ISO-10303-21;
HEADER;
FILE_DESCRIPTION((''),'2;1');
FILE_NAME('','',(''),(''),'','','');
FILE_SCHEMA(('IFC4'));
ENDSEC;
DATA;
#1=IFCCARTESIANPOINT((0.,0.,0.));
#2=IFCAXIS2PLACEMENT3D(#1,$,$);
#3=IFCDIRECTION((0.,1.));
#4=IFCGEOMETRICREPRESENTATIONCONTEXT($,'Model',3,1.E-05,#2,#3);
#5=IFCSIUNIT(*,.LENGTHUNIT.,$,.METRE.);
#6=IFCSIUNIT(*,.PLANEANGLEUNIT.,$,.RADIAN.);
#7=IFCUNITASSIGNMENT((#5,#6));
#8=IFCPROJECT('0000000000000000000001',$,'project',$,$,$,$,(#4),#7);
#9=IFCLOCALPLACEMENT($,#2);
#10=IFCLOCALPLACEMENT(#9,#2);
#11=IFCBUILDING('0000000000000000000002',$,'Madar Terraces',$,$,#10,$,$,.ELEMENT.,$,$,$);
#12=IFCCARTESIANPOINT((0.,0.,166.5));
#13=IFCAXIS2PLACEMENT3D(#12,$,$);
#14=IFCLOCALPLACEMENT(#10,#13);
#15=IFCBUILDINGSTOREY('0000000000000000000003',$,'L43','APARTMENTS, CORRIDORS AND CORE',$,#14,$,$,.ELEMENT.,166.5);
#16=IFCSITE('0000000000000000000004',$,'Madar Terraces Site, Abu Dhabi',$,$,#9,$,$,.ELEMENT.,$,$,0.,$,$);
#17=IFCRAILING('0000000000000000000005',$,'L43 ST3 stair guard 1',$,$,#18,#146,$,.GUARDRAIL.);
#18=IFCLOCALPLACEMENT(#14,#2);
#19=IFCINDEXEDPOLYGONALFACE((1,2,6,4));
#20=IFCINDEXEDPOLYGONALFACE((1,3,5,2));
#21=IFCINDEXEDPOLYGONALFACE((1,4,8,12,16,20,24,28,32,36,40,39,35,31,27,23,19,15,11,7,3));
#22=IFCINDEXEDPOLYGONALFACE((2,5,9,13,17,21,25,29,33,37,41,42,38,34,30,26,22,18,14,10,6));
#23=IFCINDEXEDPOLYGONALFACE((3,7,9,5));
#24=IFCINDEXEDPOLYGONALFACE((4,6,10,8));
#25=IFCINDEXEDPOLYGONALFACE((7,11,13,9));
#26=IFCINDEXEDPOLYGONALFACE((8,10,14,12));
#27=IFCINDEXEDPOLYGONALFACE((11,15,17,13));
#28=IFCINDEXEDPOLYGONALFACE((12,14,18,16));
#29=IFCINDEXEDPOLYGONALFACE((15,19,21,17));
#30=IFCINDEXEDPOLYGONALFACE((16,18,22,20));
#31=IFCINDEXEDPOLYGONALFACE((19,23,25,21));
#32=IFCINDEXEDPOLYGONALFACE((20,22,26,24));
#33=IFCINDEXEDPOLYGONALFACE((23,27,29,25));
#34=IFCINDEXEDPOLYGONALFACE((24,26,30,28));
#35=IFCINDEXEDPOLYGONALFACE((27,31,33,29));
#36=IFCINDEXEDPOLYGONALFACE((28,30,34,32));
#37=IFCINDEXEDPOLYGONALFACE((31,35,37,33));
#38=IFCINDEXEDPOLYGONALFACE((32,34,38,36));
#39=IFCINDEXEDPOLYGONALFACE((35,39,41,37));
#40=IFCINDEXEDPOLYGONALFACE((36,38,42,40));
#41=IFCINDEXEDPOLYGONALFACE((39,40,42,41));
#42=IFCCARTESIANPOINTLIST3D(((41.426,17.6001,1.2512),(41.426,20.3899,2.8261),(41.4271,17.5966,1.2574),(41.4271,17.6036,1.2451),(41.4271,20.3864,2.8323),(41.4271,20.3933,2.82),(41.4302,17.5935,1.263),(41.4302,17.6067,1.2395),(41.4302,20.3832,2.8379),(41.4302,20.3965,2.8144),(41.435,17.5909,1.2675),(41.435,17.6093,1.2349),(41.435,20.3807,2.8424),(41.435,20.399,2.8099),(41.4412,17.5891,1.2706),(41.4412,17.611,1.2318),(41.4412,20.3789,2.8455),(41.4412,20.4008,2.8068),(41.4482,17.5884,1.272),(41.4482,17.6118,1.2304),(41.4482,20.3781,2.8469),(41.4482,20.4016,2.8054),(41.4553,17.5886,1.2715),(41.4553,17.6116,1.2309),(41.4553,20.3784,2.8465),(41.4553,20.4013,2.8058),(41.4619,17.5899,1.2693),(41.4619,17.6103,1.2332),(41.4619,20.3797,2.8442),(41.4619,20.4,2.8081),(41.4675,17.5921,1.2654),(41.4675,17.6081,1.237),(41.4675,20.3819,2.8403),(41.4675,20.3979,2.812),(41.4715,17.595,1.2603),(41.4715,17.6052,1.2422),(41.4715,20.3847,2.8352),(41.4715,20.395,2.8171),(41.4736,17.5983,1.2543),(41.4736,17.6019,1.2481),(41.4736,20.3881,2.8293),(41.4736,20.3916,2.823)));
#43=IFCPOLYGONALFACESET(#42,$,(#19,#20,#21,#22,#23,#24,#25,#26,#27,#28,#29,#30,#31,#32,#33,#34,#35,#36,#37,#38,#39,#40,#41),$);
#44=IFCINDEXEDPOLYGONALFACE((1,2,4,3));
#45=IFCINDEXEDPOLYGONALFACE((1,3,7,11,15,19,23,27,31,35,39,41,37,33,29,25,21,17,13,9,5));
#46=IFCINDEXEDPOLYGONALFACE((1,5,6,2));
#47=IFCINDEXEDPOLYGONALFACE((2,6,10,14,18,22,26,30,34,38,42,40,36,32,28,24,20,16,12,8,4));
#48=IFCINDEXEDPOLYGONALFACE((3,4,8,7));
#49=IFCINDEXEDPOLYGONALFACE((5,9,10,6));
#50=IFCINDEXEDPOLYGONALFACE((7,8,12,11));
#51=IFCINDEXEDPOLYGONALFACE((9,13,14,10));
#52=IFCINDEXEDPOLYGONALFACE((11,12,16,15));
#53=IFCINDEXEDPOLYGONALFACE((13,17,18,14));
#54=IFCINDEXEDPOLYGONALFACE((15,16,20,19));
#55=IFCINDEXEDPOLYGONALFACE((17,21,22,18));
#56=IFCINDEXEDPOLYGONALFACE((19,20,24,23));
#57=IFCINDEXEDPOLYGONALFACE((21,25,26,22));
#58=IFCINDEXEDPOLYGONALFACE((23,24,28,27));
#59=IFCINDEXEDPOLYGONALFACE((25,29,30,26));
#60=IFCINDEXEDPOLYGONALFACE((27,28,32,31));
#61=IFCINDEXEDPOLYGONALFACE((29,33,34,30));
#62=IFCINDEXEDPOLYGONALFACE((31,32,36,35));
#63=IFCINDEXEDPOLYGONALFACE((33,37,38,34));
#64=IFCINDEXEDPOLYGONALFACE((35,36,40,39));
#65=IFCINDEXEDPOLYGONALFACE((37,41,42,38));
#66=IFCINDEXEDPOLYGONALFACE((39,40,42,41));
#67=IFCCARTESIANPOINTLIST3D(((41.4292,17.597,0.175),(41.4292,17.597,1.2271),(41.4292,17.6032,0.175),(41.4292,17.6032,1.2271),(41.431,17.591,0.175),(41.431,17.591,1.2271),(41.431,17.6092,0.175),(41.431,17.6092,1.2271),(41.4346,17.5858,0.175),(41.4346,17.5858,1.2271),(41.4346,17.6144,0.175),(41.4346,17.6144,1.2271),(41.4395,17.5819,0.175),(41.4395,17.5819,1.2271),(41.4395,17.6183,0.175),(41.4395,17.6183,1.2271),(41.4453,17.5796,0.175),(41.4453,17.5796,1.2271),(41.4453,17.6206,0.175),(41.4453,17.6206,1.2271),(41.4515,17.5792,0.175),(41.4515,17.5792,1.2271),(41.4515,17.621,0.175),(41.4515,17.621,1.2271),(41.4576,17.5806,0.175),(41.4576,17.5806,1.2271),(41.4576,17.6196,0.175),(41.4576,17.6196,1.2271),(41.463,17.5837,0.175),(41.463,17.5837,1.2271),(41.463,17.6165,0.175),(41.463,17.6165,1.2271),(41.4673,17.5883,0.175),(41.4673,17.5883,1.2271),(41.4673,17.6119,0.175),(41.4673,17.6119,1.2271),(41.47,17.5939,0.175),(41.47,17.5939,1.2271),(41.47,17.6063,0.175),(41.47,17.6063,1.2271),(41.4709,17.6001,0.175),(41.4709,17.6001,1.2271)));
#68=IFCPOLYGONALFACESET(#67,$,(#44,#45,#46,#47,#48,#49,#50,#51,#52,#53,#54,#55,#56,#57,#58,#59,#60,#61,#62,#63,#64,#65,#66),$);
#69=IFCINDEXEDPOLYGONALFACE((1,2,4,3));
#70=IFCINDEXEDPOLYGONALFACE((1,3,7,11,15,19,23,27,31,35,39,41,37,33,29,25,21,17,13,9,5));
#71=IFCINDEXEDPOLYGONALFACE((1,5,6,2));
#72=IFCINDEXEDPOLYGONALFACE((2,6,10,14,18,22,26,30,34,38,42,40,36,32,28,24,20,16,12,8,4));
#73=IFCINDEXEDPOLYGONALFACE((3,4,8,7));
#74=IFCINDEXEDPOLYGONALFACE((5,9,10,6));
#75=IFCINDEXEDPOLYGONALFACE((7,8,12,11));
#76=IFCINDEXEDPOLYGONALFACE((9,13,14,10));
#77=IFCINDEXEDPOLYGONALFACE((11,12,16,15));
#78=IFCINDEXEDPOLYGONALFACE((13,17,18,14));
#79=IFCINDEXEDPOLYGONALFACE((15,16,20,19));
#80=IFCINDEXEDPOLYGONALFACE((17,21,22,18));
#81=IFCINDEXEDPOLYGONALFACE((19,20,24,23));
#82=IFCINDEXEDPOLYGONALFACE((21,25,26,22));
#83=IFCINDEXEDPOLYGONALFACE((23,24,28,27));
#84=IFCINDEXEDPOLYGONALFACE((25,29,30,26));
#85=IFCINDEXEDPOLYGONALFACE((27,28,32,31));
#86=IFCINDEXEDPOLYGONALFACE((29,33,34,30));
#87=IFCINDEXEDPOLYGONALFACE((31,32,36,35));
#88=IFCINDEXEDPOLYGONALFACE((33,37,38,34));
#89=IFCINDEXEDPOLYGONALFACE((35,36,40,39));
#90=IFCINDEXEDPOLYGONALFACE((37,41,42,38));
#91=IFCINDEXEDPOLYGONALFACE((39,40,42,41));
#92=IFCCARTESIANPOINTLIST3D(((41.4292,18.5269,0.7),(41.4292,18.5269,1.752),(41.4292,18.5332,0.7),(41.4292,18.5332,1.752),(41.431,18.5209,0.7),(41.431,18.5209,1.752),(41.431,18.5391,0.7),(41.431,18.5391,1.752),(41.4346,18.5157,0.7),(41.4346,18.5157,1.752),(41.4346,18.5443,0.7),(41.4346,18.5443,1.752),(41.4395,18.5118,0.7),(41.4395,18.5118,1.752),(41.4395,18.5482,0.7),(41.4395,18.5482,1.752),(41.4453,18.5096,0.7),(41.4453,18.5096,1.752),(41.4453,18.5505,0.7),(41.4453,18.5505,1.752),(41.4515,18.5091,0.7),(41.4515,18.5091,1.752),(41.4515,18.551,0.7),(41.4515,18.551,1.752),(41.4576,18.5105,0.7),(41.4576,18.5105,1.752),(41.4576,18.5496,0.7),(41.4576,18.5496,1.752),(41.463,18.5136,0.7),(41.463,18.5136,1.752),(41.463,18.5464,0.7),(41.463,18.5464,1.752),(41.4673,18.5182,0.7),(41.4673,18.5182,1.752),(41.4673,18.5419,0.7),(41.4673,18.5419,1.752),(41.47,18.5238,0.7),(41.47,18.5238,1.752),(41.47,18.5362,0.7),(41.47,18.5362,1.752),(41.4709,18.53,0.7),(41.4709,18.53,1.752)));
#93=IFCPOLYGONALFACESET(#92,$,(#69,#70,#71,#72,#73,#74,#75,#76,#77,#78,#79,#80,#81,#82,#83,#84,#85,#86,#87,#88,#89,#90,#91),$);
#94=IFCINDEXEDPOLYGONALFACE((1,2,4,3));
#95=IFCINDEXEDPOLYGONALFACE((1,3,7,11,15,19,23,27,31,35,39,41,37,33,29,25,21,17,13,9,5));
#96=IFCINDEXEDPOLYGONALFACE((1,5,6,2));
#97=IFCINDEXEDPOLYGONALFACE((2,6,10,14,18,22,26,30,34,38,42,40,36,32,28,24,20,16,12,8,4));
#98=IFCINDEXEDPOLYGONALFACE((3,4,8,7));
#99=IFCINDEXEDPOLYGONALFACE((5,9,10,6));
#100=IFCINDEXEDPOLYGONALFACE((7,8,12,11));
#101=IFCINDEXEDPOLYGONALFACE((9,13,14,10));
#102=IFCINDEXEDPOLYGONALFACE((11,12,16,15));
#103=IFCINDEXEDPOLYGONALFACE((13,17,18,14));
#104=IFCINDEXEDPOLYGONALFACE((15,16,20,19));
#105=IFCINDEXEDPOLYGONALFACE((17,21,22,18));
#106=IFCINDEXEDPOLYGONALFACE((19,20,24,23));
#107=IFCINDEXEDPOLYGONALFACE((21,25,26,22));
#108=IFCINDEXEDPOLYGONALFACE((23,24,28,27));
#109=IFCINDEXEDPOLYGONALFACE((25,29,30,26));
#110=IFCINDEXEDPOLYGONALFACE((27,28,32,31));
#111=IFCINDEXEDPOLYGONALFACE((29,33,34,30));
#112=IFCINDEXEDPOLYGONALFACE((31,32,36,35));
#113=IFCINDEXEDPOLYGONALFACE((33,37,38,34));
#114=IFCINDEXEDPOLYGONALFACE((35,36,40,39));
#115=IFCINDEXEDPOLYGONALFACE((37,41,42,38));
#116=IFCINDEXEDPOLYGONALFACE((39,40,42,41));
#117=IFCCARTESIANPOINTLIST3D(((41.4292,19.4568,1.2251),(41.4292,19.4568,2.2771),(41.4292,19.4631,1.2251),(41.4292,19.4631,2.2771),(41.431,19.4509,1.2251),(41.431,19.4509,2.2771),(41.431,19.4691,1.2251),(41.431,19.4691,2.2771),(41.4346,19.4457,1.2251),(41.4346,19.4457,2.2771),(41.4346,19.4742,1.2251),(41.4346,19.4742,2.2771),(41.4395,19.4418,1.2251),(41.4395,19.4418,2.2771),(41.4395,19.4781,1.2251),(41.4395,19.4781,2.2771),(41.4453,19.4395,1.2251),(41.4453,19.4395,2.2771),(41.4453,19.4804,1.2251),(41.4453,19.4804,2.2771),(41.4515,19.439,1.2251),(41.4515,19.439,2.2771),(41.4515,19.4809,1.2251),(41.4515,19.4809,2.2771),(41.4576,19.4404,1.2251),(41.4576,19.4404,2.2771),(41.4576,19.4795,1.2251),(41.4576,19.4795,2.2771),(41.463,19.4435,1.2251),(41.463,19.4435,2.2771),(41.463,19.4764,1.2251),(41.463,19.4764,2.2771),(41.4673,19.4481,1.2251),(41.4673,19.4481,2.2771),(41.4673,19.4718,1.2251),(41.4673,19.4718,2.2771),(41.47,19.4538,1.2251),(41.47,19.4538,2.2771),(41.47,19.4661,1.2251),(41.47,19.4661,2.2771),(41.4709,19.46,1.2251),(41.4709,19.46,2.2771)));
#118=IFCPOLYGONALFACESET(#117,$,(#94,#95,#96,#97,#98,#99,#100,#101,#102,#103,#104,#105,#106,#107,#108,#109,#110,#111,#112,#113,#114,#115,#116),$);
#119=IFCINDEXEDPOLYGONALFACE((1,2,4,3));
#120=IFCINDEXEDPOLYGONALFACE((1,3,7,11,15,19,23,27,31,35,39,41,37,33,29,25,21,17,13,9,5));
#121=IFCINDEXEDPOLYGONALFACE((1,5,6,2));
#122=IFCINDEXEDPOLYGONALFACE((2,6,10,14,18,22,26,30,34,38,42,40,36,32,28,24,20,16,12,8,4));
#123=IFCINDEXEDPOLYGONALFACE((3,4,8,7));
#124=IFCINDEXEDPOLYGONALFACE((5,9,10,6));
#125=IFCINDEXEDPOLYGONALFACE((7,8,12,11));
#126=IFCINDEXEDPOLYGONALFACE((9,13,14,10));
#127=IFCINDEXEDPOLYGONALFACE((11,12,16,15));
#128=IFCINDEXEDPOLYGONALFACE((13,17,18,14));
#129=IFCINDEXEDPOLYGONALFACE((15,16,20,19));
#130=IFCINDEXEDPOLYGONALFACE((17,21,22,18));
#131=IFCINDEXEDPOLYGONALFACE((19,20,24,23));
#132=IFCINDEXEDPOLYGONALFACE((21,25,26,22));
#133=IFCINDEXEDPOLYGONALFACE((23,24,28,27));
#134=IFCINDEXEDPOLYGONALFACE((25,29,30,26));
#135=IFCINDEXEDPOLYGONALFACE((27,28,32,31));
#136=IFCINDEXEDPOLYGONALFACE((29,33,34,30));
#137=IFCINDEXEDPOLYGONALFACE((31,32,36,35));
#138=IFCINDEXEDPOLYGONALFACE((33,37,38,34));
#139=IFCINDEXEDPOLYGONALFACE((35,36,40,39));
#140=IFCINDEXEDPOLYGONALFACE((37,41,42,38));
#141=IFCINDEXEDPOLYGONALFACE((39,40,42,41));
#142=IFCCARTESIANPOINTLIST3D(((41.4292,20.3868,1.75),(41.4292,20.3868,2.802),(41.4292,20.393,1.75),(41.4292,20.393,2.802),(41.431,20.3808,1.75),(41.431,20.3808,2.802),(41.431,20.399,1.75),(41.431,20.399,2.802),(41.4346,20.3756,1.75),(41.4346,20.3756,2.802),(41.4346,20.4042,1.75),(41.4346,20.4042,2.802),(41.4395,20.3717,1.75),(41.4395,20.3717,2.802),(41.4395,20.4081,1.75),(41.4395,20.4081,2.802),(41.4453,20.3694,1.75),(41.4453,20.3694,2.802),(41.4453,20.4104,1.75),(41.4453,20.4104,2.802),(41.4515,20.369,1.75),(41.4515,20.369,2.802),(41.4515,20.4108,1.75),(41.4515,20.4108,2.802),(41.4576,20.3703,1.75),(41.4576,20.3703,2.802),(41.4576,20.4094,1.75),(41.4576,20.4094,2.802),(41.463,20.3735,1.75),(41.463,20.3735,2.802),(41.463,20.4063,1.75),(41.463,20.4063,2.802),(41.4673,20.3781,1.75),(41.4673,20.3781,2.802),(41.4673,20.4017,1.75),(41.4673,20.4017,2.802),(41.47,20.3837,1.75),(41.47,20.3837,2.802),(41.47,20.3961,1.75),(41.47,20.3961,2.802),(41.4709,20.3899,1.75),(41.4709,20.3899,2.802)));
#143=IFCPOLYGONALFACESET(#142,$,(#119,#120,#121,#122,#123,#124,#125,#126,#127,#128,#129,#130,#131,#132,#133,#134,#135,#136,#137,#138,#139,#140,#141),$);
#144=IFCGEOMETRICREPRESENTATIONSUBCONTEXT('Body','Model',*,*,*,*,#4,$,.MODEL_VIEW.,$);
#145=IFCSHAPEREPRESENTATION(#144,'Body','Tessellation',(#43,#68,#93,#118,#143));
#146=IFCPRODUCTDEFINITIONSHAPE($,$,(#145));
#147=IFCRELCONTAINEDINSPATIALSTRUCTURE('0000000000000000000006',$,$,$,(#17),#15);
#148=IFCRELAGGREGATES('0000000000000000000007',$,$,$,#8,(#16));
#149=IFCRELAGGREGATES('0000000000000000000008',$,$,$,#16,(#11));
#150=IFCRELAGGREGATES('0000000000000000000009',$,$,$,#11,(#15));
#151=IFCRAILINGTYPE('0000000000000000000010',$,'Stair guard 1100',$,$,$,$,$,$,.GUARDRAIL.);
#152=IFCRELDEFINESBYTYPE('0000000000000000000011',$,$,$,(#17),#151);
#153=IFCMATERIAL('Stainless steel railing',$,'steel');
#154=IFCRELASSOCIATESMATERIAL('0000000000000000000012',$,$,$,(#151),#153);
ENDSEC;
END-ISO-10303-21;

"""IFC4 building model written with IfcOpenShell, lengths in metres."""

from ifc_helpers import new_model, si_unit, direction, frame, origin, origin_2d, place, context, subcontext, project, spatial, circle, extrude, material, type_object, element, save


model = new_model("IFC4")

# Units and contexts
model_context = context("Model", 3, precision=1e-05, world=origin(), true_north=direction((0.0, 1.0)))
body_context = subcontext(model_context, "Body", "Model", "MODEL_VIEW")
ifc_project = project(units=[si_unit("LENGTHUNIT", "METRE"), si_unit("PLANEANGLEUNIT", "RADIAN")], contexts=[model_context])

# Site, building, storey
site_placement = place(None, origin())
site = spatial("IfcSite", under=ifc_project, at=site_placement, Name="Madar Terraces Site, Abu Dhabi", CompositionType="ELEMENT", RefElevation=0.0)
building_placement = place(site_placement, origin())
building = spatial("IfcBuilding", under=site, at=building_placement, Name="Madar Terraces", CompositionType="ELEMENT")
storey_placement = place(building_placement, frame((0.0, 0.0, 166.5)))
storey = spatial("IfcBuildingStorey", under=building, at=storey_placement, Name="L43", Description="APARTMENTS, CORRIDORS AND CORE", CompositionType="ELEMENT", Elevation=166.5)

# Railing
ifc_material_1 = material(Name="Stainless steel railing", Category="steel")
railing_type_1 = type_object("IfcRailingType", Name="Stair guard 1100", PredefinedType="GUARDRAIL", material=ifc_material_1)
railing_1_placement = place(storey_placement, frame((41.45, 17.6001, 0.175)))
element("IfcRailing", 1, at=railing_1_placement, inside=storey, type_object=railing_type_1, Name="L43 ST3 stair guard 1", PredefinedType="GUARDRAIL", context=body_context, shape_type="SweptSolid", body=[
    extrude(circle(Radius=0.0239, at=origin_2d()), frame((0.0, 0.0, 1.0762), z_axis=(0.0, 0.870815, 0.49161), x_axis=(-1.0, 0.0, 0.0)), (0.0, 0.0, 1.0), 3.2036),
    extrude(circle(Radius=0.021, at=origin_2d()), origin(), (0.0, 0.0, 1.0), 1.052),
    extrude(circle(Radius=0.021, at=origin_2d()), frame((0.0, 0.9299, 0.5249)), (0.0, 0.0, 1.0), 1.052),
    extrude(circle(Radius=0.021, at=origin_2d()), frame((0.0, 1.8599, 1.05)), (0.0, 0.0, 1.0), 1.052),
    extrude(circle(Radius=0.021, at=origin_2d()), frame((0.0, 2.7898, 1.575)), (0.0, 0.0, 1.0), 1.052),
])

save(model, "model.ifc")
